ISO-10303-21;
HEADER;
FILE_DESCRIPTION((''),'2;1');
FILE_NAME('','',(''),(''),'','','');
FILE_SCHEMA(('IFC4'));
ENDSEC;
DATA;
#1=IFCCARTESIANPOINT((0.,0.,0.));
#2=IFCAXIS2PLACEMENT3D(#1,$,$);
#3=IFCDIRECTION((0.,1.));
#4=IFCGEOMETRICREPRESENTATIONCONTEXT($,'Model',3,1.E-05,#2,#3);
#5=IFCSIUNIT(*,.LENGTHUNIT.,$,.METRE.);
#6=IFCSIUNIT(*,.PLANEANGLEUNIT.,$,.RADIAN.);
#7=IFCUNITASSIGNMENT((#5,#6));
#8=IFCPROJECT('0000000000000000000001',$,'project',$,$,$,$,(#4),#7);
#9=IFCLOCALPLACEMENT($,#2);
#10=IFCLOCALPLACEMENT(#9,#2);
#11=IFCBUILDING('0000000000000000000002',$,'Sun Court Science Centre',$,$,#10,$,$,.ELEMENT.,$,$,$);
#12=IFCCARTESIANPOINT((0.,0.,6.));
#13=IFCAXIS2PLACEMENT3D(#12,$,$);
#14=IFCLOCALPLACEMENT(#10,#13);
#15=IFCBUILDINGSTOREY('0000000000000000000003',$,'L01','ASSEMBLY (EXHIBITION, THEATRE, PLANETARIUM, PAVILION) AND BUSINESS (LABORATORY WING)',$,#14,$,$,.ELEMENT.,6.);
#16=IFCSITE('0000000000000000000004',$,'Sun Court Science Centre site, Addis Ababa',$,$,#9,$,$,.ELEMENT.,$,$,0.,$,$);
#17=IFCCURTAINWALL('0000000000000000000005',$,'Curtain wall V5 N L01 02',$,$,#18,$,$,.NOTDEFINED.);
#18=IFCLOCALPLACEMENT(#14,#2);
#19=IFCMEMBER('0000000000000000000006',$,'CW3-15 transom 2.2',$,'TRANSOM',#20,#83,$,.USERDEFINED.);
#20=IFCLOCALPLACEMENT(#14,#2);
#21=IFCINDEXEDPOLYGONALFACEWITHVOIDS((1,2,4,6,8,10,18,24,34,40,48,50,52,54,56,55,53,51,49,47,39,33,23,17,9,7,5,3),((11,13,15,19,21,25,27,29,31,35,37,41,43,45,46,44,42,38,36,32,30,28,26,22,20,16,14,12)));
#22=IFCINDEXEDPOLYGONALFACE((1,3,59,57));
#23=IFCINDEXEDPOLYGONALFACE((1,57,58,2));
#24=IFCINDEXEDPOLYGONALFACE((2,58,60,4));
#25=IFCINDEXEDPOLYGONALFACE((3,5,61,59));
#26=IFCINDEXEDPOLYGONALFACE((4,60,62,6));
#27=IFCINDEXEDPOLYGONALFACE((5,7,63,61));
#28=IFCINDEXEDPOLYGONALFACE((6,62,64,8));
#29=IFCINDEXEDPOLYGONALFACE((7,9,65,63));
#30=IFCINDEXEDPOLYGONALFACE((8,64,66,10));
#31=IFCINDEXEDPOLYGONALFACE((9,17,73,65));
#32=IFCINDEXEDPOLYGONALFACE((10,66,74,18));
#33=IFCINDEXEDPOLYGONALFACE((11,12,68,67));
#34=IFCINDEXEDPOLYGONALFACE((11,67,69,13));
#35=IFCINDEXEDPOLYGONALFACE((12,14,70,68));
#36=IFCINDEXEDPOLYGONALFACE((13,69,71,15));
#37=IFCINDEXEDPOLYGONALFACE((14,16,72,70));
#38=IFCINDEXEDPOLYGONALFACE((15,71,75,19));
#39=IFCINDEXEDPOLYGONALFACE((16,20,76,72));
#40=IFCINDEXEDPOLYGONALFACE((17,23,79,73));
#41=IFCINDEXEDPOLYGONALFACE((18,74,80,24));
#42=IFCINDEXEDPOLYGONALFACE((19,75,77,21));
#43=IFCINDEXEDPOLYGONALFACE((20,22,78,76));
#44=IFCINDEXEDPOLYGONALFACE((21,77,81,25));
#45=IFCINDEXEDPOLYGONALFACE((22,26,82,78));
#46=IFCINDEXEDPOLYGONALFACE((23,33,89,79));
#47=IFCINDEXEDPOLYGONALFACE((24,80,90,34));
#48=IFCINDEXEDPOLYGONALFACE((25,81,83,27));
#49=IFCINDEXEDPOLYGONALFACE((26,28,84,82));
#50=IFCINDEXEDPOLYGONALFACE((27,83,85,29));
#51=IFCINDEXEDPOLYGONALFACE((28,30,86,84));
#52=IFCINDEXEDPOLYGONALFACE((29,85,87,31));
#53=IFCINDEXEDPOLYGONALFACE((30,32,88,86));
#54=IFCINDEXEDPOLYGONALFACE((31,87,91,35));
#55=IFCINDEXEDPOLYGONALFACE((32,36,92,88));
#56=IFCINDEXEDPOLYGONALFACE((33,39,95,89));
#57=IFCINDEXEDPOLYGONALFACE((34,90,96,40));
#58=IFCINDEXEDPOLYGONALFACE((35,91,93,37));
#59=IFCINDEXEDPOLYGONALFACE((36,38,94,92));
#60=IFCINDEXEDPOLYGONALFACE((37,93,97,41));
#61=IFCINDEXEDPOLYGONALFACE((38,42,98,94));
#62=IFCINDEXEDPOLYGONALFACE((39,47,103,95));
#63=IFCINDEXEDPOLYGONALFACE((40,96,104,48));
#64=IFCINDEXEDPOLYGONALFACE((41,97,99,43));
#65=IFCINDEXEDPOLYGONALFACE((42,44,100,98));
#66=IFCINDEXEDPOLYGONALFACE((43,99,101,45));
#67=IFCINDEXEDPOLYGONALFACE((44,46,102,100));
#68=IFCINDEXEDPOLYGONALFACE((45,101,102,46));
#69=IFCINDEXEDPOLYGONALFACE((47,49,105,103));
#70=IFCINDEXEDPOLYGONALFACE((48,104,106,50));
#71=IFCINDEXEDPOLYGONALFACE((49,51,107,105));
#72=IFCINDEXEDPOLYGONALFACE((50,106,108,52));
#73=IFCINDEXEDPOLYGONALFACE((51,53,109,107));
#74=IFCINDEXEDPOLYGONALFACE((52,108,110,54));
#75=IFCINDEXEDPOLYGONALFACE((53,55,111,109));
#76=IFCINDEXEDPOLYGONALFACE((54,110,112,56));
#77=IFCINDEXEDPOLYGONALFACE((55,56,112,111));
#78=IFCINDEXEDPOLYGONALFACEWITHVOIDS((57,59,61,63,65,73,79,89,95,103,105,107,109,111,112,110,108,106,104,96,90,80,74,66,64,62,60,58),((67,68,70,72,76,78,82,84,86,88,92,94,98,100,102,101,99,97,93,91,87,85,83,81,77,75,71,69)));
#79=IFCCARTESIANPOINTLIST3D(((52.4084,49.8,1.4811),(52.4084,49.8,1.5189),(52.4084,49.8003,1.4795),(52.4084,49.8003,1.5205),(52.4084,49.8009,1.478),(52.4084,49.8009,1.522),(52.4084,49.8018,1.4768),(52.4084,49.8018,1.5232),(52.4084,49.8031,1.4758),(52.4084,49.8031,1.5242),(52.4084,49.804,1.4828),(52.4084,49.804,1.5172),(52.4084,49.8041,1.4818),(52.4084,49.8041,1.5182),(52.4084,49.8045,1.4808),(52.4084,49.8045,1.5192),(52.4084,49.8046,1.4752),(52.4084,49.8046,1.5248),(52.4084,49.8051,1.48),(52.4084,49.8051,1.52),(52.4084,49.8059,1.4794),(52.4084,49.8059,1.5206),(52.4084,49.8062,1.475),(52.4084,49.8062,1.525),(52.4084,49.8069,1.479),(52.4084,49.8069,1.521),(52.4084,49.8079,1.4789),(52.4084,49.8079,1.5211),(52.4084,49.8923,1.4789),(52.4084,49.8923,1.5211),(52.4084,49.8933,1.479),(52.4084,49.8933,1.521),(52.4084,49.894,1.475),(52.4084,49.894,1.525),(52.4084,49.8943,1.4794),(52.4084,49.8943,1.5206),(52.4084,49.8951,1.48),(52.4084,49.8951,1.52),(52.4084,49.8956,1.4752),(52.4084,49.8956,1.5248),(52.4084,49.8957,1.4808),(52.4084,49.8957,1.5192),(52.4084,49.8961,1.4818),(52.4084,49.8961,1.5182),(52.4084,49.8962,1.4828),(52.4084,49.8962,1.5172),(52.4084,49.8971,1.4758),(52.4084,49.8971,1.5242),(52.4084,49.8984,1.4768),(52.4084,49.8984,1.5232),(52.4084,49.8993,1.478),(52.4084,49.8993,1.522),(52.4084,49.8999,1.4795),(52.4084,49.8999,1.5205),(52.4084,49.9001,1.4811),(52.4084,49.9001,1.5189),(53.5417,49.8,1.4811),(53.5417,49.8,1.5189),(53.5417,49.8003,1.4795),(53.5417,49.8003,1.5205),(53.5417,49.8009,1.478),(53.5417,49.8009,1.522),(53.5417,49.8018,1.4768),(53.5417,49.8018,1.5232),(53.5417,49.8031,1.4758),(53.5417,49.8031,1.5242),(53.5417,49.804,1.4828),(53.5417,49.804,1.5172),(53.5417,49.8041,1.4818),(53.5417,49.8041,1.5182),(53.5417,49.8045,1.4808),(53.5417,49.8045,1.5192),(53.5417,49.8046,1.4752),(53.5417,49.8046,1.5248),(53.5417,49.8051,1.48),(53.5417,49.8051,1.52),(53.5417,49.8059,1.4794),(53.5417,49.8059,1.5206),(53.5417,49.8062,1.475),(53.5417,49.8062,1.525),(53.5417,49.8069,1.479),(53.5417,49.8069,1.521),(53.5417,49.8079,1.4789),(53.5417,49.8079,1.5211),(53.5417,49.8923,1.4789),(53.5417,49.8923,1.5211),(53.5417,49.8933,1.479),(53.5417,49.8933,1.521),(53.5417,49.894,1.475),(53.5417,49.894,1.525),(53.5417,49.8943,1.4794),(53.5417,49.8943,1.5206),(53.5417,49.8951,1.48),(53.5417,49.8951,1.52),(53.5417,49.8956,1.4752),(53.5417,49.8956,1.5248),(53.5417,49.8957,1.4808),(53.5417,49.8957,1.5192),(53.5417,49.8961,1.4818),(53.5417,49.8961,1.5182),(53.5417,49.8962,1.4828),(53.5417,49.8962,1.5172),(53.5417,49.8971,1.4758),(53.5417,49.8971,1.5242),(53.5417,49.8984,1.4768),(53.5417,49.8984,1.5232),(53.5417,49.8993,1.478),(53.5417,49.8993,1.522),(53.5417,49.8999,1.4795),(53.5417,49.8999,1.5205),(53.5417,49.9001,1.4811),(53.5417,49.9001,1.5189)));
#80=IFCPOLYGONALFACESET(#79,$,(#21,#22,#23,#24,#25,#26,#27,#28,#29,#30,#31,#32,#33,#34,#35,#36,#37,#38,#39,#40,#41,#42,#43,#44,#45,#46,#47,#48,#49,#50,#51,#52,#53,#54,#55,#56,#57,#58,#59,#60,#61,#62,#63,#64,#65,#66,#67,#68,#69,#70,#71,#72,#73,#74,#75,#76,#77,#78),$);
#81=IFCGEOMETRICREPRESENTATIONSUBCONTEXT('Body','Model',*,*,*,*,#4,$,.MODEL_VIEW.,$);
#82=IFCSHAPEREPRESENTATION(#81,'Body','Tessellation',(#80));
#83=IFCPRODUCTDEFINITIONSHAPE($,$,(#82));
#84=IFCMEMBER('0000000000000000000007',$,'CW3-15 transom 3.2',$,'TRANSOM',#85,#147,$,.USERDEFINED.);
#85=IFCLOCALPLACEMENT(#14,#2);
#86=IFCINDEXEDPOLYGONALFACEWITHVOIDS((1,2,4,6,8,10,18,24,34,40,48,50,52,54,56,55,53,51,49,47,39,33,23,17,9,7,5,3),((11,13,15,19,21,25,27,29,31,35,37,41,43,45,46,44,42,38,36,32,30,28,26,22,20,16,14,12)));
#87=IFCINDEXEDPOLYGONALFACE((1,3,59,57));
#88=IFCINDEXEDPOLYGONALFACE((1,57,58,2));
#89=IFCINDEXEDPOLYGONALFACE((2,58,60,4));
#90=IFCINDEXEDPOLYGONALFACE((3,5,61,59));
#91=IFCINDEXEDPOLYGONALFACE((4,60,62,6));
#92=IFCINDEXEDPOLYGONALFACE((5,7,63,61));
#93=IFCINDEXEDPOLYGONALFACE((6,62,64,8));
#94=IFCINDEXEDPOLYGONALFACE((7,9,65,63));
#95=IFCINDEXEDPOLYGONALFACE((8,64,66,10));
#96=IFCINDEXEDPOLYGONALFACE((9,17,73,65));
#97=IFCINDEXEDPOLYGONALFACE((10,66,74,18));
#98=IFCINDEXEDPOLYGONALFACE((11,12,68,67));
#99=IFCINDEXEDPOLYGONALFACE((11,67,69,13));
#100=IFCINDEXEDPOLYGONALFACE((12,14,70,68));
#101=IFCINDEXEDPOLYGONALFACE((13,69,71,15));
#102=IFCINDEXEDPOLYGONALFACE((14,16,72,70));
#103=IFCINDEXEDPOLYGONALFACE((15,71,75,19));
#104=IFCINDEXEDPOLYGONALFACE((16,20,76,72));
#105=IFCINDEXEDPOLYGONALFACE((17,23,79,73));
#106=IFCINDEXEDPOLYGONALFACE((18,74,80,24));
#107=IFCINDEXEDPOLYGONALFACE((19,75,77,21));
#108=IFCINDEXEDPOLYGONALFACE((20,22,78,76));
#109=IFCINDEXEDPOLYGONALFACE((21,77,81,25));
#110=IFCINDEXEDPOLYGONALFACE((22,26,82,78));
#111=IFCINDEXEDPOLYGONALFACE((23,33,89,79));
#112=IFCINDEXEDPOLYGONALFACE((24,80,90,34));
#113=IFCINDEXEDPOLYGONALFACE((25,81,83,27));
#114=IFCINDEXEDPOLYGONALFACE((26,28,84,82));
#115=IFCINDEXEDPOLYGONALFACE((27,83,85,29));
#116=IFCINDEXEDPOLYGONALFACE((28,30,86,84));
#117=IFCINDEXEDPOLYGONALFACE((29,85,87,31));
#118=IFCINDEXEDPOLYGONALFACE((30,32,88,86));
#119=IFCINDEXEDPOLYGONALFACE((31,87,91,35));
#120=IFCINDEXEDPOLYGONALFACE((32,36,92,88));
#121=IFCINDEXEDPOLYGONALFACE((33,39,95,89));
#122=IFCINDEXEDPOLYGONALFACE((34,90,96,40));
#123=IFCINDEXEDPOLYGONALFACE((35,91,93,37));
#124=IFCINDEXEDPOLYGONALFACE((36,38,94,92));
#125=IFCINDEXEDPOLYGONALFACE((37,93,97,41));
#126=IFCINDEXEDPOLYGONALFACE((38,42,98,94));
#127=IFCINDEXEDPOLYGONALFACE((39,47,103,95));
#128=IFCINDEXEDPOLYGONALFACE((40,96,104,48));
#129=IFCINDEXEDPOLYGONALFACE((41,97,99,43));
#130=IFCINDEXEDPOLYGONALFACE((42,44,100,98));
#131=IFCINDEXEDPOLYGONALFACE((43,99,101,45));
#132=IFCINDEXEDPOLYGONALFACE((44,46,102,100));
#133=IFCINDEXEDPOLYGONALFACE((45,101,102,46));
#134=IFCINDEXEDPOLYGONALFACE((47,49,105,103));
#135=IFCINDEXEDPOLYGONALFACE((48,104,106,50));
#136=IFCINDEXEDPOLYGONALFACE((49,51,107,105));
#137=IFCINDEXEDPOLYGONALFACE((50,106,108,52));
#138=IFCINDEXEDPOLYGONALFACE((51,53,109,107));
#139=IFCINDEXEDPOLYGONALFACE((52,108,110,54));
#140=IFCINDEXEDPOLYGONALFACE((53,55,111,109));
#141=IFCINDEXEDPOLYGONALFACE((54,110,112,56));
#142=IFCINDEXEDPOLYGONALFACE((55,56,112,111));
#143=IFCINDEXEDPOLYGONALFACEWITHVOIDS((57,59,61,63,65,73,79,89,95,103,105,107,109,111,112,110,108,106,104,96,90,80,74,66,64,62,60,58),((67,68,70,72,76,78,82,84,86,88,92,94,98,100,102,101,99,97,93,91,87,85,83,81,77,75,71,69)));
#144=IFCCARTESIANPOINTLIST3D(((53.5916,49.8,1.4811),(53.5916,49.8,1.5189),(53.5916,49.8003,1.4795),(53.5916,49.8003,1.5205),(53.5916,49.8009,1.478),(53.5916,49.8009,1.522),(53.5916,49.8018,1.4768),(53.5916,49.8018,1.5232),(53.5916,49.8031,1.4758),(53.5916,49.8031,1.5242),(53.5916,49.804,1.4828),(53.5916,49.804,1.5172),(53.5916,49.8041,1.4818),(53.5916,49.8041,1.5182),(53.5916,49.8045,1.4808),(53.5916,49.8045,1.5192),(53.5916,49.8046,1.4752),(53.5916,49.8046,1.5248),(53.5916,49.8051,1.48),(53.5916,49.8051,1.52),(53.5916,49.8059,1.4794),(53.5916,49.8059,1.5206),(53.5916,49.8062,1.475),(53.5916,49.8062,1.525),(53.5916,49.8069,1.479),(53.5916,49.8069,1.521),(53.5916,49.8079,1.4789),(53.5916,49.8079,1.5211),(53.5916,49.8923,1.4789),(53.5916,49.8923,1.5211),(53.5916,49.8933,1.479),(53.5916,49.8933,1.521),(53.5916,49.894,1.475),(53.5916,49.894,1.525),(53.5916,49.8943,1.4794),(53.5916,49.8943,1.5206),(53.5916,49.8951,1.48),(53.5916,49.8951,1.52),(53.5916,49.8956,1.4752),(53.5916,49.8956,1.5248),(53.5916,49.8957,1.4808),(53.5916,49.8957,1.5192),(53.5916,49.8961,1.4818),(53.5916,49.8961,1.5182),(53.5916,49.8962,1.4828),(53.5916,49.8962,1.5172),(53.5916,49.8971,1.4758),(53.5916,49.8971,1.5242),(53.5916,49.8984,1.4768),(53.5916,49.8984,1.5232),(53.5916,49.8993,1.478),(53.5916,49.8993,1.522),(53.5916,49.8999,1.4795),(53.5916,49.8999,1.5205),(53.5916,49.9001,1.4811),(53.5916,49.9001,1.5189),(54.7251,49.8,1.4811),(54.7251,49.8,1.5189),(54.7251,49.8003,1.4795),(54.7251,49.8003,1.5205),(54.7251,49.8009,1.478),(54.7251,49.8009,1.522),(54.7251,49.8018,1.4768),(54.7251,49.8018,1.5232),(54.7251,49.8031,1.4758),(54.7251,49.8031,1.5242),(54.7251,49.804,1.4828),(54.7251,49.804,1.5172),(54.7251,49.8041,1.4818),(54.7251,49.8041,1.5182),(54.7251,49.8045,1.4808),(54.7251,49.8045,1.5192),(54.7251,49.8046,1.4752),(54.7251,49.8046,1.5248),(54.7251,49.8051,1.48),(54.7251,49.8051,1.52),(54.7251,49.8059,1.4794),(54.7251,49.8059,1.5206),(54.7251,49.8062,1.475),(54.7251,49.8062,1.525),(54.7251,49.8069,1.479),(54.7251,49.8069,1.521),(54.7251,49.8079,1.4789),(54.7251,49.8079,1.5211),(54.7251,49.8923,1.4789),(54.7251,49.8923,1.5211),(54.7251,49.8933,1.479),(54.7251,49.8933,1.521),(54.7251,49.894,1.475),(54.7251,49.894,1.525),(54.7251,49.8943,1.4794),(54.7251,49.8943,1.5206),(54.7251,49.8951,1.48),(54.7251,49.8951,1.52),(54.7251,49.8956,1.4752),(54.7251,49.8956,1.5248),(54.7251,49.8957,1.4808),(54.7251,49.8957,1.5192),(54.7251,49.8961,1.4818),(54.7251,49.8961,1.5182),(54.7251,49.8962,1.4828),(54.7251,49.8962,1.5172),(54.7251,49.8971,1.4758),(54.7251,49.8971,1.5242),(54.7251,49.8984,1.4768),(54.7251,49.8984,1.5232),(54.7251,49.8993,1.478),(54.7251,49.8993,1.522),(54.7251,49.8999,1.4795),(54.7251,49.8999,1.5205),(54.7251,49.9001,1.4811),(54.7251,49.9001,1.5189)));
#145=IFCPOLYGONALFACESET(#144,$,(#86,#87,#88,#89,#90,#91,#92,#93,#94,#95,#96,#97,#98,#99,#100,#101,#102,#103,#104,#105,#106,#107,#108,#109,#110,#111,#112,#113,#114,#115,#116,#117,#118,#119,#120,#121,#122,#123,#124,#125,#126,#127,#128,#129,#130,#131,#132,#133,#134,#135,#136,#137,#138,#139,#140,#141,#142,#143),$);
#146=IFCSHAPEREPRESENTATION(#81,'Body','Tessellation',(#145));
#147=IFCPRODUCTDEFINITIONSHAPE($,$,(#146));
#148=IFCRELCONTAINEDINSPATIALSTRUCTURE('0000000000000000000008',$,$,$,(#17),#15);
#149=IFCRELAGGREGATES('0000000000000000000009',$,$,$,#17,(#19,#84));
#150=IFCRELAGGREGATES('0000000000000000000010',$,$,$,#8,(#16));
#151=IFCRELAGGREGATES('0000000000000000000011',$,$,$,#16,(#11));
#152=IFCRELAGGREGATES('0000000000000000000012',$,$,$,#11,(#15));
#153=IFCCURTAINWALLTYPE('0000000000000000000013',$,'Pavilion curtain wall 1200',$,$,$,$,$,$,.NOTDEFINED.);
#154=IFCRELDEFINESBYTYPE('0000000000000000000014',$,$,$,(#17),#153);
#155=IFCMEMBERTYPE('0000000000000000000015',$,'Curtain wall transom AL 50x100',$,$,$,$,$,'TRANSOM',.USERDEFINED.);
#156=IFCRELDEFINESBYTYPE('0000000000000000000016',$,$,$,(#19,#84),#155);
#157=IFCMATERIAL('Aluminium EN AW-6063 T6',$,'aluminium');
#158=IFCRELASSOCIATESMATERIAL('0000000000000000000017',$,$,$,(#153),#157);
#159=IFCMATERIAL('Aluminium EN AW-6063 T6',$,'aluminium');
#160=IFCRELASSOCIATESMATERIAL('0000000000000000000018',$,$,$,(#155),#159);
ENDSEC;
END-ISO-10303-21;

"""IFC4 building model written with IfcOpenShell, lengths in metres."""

from ifc_helpers import new_model, si_unit, direction, frame, origin, origin_2d, place, context, subcontext, project, spatial, hollow_rectangle, extrude, material, material_profile, profile_set, type_object, element, aggregate, save


model = new_model("IFC4")

# Units and contexts
model_context = context("Model", 3, precision=1e-05, world=origin(), true_north=direction((0.0, 1.0)))
body_context = subcontext(model_context, "Body", "Model", "MODEL_VIEW")
ifc_project = project(units=[si_unit("LENGTHUNIT", "METRE"), si_unit("PLANEANGLEUNIT", "RADIAN")], contexts=[model_context])

# Site, building, storey
site_placement = place(None, origin())
site = spatial("IfcSite", under=ifc_project, at=site_placement, Name="Sun Court Science Centre site, Addis Ababa", CompositionType="ELEMENT", RefElevation=0.0)
building_placement = place(site_placement, origin())
building = spatial("IfcBuilding", under=site, at=building_placement, Name="Sun Court Science Centre", CompositionType="ELEMENT")
storey_placement = place(building_placement, frame((0.0, 0.0, 6.0)))
storey = spatial("IfcBuildingStorey", under=building, at=storey_placement, Name="L01", Description="ASSEMBLY (EXHIBITION, THEATRE, PLANETARIUM, PAVILION) AND BUSINESS (LABORATORY WING)", CompositionType="ELEMENT", Elevation=6.0)

# Curtain wall, members
ifc_material_1 = material(Name="Aluminium EN AW-6063 T6", Category="aluminium")
curtain_wall_type = type_object("IfcCurtainWallType", Name="Pavilion curtain wall 1200", PredefinedType="NOTDEFINED", material=ifc_material_1)
curtain_wall_placement = place(storey_placement, origin())
curtain_wall = element("IfcCurtainWall", 1, at=curtain_wall_placement, inside=storey, type_object=curtain_wall_type, Name="Curtain wall V5 N L01 02", PredefinedType="NOTDEFINED")
ifc_material_2 = material(Name="Aluminium EN AW-6063 T6", Category="aluminium")
ifc_material_profile_1 = material_profile(ifc_material_2, hollow_rectangle(XDim=0.05, YDim=0.1001, WallThickness=0.0039, InnerFilletRadius=0.0039, OuterFilletRadius=0.0061, at=origin_2d()), Name="AL 50x100x4")
ifc_profile_set_1 = profile_set([ifc_material_profile_1], Name="Aluminium EN AW-6063 T6")
member_type_1 = type_object("IfcMemberType", Name="Curtain wall transom AL 50x100", ElementType="TRANSOM", PredefinedType="USERDEFINED", material=ifc_profile_set_1)
member_1_placement = place(storey_placement, frame((52.4084, 49.8501, 1.5), z_axis=(1.0, 0.0, 0.0), x_axis=(0.0, 0.0, 1.0)))
member_1 = element("IfcMember", 2, at=member_1_placement, type_object=member_type_1, Name="CW3-15 transom 2.2", ObjectType="TRANSOM", PredefinedType="USERDEFINED", context=body_context, shape_type="SweptSolid", body=[
    extrude(hollow_rectangle(XDim=0.05, YDim=0.1001, WallThickness=0.0039, InnerFilletRadius=0.0039, OuterFilletRadius=0.0061, at=origin_2d()), origin(), (0.0, 0.0, 1.0), 1.1333),
])
member_2_placement = place(storey_placement, frame((53.5916, 49.8501, 1.5), z_axis=(1.0, 0.0, 0.0), x_axis=(0.0, 0.0, 1.0)))
member_2 = element("IfcMember", 3, at=member_2_placement, type_object=member_type_1, Name="CW3-15 transom 3.2", ObjectType="TRANSOM", PredefinedType="USERDEFINED", context=body_context, shape_type="SweptSolid", body=[
    extrude(hollow_rectangle(XDim=0.05, YDim=0.1001, WallThickness=0.0039, InnerFilletRadius=0.0039, OuterFilletRadius=0.0061, at=origin_2d()), origin(), (0.0, 0.0, 1.0), 1.1335),
])
aggregate(curtain_wall, [member_1, member_2])

save(model, "model.ifc")
